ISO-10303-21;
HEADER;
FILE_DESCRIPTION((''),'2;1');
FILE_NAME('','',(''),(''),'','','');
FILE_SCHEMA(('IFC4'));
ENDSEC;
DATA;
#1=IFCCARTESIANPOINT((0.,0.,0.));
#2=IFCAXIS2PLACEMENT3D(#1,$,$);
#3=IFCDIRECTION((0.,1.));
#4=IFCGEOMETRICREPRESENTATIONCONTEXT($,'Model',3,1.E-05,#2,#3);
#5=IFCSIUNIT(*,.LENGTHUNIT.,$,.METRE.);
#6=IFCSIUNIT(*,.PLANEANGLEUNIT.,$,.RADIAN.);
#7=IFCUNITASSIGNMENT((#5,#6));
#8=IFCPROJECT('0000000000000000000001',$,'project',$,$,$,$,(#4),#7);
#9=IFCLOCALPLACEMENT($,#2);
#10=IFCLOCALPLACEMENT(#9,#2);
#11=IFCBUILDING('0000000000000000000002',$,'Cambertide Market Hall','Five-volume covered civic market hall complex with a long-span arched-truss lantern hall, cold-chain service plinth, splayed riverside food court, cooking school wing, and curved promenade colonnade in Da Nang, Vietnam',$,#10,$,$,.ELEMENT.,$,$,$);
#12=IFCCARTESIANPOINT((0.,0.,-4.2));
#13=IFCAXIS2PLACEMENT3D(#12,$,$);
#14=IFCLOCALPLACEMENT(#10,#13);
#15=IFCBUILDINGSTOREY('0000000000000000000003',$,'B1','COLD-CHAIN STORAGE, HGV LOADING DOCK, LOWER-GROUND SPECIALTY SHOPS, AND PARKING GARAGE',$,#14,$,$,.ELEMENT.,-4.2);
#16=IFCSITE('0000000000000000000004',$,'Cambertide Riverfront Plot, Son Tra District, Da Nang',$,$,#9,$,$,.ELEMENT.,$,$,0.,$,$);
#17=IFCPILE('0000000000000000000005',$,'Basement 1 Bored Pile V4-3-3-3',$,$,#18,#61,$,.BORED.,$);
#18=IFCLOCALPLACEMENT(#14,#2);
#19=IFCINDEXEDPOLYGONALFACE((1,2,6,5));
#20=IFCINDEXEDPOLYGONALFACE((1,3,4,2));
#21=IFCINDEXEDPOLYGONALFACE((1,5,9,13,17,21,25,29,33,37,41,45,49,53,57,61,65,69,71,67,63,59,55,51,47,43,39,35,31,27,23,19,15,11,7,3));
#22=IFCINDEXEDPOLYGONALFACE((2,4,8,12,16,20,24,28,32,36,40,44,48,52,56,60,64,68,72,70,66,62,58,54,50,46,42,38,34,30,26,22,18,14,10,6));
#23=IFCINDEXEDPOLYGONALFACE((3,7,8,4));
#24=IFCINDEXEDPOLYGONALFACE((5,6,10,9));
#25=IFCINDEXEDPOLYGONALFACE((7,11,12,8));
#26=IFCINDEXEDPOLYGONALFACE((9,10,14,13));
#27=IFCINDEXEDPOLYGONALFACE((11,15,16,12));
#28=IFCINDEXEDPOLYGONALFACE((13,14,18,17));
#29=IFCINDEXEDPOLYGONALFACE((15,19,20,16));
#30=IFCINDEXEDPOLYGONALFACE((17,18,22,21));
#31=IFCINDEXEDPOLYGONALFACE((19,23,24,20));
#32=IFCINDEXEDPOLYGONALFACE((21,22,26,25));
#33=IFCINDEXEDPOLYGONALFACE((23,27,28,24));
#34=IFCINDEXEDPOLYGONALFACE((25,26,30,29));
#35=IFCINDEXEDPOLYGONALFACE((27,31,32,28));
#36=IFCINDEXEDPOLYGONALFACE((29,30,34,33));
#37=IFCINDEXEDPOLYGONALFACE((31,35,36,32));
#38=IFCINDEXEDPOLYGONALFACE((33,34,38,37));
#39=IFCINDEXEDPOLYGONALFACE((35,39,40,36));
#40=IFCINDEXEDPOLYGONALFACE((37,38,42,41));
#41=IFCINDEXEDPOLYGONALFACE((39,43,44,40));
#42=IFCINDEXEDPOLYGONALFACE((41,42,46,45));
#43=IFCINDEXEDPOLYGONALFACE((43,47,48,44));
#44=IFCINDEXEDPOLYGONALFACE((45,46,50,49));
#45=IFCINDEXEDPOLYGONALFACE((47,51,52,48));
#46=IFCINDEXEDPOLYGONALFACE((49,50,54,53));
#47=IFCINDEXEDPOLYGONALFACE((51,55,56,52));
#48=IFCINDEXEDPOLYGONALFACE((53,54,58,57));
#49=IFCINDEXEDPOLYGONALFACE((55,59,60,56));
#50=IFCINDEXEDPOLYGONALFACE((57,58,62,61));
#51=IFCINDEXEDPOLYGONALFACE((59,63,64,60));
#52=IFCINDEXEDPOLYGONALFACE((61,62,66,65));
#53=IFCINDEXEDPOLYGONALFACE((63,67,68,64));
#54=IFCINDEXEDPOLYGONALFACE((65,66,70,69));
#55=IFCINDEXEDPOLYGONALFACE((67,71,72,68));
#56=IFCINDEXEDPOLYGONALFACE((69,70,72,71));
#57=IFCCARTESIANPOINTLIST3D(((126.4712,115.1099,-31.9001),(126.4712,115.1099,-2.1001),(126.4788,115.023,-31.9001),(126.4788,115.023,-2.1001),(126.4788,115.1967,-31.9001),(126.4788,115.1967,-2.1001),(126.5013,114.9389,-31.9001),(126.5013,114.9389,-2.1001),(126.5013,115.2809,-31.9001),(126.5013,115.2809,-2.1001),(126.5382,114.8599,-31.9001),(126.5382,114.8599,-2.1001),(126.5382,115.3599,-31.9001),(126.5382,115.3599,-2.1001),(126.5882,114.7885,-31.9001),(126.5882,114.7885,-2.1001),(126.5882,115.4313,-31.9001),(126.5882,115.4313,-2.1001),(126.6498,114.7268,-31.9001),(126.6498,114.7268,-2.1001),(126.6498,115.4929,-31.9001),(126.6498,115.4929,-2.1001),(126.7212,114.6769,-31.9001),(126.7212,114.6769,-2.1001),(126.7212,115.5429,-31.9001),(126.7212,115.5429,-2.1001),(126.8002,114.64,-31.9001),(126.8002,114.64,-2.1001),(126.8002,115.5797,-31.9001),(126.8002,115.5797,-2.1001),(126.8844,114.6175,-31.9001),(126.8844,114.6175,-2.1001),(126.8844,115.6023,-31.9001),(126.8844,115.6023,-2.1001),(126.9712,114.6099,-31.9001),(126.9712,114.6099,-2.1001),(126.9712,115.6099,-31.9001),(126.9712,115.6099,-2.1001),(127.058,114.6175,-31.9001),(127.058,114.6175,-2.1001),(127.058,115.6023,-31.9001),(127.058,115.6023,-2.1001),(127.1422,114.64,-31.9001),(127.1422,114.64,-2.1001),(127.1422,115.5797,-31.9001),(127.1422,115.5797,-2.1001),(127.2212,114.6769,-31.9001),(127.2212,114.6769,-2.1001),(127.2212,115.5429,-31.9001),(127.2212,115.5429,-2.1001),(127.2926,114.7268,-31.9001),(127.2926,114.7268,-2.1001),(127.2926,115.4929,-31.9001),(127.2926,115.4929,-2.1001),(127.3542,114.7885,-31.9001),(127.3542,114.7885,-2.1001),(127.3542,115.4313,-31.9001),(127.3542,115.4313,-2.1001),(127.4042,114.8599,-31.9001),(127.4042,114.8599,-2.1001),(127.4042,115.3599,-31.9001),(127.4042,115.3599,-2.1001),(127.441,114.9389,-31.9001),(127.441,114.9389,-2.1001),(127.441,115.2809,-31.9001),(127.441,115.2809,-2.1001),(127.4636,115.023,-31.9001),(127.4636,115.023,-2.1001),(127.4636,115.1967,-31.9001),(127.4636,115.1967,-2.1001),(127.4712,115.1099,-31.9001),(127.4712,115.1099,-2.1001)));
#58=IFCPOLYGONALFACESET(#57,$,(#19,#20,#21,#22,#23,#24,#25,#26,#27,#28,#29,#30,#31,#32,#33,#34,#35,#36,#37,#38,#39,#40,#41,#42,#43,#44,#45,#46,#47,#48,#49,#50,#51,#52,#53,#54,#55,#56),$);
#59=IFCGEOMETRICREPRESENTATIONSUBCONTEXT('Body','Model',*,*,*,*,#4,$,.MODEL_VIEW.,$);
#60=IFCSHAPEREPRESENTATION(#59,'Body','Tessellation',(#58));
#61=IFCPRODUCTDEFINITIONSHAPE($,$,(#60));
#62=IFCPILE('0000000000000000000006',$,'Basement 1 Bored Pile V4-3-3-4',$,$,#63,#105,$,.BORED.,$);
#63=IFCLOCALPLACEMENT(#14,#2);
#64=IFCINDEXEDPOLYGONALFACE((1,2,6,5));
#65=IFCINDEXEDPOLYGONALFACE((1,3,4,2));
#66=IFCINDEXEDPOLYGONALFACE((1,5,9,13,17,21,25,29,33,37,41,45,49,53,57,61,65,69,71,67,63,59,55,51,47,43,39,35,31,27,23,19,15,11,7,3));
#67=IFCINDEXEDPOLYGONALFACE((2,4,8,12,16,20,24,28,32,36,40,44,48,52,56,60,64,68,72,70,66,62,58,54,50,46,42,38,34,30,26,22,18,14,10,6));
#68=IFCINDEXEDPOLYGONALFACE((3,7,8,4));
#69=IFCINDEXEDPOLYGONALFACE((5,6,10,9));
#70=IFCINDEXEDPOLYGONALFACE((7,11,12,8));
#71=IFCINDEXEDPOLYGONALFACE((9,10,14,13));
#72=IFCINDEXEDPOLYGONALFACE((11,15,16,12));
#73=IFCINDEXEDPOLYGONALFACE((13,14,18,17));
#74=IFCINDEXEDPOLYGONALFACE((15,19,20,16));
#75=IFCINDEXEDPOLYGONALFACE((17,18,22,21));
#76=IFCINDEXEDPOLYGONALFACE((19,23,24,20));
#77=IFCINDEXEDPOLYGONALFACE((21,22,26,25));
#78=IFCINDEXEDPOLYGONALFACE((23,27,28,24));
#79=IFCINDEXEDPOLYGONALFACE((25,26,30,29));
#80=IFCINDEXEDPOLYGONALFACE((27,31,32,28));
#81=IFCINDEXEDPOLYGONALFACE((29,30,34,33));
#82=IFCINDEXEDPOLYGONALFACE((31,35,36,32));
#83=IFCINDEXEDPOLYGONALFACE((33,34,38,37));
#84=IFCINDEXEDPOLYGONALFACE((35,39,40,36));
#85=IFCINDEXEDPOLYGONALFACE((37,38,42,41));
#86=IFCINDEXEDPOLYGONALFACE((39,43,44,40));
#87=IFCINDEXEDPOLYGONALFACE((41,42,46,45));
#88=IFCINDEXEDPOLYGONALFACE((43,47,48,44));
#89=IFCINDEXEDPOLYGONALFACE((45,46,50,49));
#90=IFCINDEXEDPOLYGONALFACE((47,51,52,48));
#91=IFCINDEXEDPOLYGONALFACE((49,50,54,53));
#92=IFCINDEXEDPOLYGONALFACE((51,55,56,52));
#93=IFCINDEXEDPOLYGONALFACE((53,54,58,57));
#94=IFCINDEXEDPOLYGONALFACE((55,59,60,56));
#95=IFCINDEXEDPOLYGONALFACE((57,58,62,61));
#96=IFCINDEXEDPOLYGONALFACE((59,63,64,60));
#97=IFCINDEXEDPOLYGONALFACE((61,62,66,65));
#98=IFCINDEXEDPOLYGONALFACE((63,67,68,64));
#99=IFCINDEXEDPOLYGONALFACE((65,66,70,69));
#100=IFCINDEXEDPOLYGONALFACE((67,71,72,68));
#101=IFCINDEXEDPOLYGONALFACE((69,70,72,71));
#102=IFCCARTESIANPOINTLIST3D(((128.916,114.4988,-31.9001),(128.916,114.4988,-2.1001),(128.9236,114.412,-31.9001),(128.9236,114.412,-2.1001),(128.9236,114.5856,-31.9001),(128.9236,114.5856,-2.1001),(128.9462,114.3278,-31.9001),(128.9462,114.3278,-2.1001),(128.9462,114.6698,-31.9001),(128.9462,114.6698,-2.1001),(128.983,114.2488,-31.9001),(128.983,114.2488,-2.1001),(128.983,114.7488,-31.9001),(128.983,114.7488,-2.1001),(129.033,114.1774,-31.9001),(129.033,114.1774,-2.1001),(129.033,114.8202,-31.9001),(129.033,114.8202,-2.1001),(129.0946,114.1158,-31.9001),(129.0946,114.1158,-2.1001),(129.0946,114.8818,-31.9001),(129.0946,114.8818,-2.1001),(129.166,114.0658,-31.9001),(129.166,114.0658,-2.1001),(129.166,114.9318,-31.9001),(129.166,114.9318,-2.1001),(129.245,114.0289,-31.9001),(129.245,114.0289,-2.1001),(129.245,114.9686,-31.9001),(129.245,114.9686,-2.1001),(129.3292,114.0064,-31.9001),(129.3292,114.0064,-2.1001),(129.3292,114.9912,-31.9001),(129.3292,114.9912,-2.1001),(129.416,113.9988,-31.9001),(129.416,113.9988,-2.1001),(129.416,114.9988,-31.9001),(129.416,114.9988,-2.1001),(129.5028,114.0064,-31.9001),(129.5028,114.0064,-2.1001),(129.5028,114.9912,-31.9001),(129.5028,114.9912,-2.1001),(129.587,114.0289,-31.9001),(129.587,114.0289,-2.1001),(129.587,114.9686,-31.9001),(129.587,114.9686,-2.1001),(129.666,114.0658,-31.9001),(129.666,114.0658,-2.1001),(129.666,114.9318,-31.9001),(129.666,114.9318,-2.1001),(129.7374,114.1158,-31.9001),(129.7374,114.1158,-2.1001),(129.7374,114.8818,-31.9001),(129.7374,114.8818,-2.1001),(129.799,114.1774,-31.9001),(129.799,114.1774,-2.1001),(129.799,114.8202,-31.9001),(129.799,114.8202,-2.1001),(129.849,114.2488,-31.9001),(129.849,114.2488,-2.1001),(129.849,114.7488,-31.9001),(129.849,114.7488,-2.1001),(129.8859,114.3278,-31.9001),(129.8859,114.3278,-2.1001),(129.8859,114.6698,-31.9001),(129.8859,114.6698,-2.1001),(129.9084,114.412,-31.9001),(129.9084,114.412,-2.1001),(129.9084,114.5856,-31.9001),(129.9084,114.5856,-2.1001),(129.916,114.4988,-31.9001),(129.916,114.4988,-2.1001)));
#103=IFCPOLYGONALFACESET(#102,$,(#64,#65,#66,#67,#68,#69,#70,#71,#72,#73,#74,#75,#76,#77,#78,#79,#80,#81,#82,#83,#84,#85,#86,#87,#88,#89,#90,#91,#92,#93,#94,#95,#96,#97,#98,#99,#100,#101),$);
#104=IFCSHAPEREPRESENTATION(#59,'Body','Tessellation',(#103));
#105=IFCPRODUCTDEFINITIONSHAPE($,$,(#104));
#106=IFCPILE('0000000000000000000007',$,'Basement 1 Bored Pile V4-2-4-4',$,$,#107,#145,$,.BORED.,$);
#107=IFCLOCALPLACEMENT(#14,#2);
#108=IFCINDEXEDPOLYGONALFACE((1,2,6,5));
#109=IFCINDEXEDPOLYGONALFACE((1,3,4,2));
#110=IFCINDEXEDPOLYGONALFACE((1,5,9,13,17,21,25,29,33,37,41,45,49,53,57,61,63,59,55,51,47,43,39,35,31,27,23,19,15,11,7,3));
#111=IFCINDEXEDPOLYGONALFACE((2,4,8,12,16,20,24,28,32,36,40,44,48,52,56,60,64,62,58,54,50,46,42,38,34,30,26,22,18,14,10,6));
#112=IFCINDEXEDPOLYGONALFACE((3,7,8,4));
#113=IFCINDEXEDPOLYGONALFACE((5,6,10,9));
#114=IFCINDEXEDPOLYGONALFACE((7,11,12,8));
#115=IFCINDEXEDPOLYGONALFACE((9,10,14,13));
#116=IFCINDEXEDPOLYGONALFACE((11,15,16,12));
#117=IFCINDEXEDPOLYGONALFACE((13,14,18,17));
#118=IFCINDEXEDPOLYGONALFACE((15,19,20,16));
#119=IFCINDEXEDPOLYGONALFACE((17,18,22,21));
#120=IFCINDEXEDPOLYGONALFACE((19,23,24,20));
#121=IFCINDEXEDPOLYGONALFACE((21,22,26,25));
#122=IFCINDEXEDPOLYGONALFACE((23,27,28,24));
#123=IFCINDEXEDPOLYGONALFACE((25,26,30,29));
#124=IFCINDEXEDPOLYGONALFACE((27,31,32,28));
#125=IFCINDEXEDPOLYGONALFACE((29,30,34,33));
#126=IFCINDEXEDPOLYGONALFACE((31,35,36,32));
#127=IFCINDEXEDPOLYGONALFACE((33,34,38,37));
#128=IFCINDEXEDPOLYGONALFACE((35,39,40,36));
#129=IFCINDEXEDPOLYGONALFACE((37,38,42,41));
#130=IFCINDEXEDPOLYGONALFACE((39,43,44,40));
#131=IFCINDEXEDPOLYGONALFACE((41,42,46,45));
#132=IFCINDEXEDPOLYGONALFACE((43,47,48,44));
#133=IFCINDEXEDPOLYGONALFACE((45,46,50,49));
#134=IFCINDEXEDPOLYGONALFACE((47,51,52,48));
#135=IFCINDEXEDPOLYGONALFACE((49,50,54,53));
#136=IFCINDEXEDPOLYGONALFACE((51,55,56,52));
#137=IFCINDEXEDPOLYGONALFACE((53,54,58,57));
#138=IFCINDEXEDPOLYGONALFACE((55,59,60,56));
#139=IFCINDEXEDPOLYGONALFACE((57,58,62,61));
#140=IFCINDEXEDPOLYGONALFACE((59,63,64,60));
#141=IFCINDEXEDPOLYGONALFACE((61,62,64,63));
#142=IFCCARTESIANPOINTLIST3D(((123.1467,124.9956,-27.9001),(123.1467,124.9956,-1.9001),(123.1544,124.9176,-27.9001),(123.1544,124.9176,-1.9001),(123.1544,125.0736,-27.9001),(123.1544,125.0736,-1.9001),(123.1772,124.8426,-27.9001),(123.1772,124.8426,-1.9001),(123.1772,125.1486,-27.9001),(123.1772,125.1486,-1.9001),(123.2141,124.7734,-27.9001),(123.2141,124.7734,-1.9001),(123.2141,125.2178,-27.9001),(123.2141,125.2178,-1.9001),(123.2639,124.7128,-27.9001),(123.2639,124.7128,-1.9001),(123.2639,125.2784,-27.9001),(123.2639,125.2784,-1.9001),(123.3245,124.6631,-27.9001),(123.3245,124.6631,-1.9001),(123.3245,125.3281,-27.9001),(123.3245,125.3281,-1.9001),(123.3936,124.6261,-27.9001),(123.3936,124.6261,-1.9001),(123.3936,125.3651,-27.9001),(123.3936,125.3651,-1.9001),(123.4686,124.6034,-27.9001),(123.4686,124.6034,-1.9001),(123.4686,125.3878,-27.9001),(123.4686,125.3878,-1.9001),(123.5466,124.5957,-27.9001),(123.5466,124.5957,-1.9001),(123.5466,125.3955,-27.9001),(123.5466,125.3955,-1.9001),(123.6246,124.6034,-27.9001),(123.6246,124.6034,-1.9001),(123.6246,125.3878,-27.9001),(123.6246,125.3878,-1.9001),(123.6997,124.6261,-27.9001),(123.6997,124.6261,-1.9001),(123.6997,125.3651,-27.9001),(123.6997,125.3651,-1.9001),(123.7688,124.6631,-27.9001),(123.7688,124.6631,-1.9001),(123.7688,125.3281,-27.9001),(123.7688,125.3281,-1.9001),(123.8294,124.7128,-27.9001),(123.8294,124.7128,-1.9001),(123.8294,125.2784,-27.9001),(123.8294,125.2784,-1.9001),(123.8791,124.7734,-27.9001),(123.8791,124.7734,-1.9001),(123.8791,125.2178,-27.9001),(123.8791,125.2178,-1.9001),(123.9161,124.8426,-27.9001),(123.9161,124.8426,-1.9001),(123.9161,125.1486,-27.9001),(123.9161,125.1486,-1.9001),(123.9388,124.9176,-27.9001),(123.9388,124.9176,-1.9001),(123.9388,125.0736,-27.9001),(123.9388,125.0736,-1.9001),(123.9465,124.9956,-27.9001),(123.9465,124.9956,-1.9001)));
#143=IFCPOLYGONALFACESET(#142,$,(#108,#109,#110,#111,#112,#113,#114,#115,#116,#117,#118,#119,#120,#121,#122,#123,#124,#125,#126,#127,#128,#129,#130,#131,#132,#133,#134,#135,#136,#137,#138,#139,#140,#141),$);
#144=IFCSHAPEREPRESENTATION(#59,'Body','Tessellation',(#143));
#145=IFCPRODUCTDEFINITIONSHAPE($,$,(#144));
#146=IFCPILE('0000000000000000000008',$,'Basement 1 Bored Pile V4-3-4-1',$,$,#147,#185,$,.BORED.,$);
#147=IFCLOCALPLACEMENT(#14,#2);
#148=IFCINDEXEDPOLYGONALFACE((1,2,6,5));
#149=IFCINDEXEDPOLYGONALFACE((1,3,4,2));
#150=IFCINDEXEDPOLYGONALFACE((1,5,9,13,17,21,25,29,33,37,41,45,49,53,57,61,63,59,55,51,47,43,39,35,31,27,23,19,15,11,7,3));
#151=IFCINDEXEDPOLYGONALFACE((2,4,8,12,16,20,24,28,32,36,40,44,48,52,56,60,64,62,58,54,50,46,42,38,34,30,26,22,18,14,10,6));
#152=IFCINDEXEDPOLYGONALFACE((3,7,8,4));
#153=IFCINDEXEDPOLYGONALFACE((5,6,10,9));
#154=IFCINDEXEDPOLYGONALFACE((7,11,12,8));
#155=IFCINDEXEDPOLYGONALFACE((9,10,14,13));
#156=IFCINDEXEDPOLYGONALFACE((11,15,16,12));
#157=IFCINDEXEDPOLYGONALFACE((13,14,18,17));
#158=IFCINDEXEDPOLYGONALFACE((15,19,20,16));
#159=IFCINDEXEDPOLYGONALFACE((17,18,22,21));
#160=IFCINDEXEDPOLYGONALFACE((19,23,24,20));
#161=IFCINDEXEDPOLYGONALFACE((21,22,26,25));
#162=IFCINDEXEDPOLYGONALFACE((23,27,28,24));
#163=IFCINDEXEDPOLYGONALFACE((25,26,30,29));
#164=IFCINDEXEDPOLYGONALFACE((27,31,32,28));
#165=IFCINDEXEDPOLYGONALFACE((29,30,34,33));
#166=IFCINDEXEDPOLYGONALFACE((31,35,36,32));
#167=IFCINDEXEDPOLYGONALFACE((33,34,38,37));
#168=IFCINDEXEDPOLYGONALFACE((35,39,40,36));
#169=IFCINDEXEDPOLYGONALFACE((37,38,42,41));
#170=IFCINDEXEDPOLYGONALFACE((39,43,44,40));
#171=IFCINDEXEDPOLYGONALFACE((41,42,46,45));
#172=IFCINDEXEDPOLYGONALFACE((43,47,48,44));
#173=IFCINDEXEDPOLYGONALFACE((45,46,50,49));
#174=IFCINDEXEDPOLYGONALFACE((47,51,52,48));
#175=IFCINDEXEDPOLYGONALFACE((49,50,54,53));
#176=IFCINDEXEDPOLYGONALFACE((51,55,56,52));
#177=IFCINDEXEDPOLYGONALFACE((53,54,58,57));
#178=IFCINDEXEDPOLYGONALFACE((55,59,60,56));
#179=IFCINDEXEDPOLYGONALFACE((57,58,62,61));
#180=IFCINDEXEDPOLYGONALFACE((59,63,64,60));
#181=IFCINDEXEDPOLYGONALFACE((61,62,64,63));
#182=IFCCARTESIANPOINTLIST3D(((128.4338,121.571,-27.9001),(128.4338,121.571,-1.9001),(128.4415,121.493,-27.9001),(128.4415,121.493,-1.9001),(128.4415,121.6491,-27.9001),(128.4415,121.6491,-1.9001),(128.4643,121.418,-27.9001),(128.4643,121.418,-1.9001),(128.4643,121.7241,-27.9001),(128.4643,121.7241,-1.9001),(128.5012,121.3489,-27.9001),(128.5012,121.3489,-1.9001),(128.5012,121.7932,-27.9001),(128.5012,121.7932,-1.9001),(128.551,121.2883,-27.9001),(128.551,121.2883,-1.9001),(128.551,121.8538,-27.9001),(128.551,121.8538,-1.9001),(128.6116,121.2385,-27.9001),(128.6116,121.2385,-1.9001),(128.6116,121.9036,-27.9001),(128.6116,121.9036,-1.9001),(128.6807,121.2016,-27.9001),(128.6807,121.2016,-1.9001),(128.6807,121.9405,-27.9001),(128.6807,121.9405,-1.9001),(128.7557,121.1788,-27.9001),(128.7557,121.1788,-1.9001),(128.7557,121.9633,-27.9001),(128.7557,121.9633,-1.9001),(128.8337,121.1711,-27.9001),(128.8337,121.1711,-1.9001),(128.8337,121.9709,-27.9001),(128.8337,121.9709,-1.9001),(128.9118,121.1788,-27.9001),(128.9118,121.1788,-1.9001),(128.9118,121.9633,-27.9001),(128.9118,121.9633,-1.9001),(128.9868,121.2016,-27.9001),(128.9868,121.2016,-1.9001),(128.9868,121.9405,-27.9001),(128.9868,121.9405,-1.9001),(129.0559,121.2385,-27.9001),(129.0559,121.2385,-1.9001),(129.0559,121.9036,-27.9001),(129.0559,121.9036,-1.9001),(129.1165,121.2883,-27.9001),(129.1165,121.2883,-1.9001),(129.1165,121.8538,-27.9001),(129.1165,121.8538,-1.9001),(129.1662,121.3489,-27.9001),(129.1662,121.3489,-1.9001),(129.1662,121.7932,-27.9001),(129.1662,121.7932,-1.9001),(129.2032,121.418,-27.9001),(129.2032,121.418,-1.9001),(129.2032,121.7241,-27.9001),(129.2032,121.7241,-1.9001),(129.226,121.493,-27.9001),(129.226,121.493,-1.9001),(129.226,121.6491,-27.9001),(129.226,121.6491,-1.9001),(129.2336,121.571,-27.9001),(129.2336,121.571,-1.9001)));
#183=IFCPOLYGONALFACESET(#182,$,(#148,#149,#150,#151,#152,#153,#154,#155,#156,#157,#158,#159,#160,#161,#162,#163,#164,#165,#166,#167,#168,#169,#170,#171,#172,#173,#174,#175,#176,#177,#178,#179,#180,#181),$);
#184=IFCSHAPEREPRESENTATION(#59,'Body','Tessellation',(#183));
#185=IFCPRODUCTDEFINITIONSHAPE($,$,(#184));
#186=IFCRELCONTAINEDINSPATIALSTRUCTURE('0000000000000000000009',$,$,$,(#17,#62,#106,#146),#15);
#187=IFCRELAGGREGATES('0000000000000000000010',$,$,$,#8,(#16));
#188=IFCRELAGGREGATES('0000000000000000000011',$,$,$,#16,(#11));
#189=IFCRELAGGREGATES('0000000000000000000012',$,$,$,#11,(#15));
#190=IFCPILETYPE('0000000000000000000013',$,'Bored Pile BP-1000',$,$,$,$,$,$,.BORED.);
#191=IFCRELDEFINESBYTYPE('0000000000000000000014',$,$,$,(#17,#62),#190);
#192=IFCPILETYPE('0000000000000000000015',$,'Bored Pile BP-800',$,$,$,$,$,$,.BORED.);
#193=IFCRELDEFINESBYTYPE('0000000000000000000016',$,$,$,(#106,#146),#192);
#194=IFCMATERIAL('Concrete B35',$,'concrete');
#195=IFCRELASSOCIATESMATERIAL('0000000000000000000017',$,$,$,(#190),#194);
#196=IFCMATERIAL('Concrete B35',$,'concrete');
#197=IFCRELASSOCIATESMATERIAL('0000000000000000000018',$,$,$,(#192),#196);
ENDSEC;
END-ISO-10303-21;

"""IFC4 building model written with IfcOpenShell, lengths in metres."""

from ifc_helpers import new_model, si_unit, direction, frame, origin, origin_2d, place, context, subcontext, project, spatial, circle, extrude, material, material_profile, profile_set, type_object, element, save


model = new_model("IFC4")

# Units and contexts
model_context = context("Model", 3, precision=1e-05, world=origin(), true_north=direction((0.0, 1.0)))
body_context = subcontext(model_context, "Body", "Model", "MODEL_VIEW")
ifc_project = project(units=[si_unit("LENGTHUNIT", "METRE"), si_unit("PLANEANGLEUNIT", "RADIAN")], contexts=[model_context])

# Site, building, storey
site_placement = place(None, origin())
site = spatial("IfcSite", under=ifc_project, at=site_placement, Name="Cambertide Riverfront Plot, Son Tra District, Da Nang", CompositionType="ELEMENT", RefElevation=0.0)
building_placement = place(site_placement, origin())
building = spatial("IfcBuilding", under=site, at=building_placement, Name="Cambertide Market Hall", Description="Five-volume covered civic market hall complex with a long-span arched-truss lantern hall, cold-chain service plinth, splayed riverside food court, cooking school wing, and curved promenade colonnade in Da Nang, Vietnam", CompositionType="ELEMENT")
storey_placement = place(building_placement, frame((0.0, 0.0, -4.2)))
storey = spatial("IfcBuildingStorey", under=building, at=storey_placement, Name="B1", Description="COLD-CHAIN STORAGE, HGV LOADING DOCK, LOWER-GROUND SPECIALTY SHOPS, AND PARKING GARAGE", CompositionType="ELEMENT", Elevation=-4.2)

# Piles
ifc_material_1 = material(Name="Concrete B35", Category="concrete")
ifc_material_profile_1 = material_profile(ifc_material_1, circle(Radius=0.5, at=origin_2d()), Name="BP D1000")
ifc_profile_set_1 = profile_set([ifc_material_profile_1], Name="Concrete B35")
pile_type_1 = type_object("IfcPileType", Name="Bored Pile BP-1000", PredefinedType="BORED", material=ifc_profile_set_1)
for number, where, z_axis, x_axis, name in (
    (1, (126.9712, 115.1099, -2.1001), (0.0, 0.0, -1.0), (1.0, 0.0, 0.0), "Basement 1 Bored Pile V4-3-3-3"),
    (2, (129.416, 114.4988, -2.1001), (0.0, 0.0, -1.0), (1.0, 0.0, 0.0), "Basement 1 Bored Pile V4-3-3-4"),
):
    element("IfcPile", number, at=place(storey_placement, frame(where, z_axis=z_axis, x_axis=x_axis)), inside=storey, type_object=pile_type_1, Name=name, PredefinedType="BORED", context=body_context, shape_type="SweptSolid", body=[
        extrude(circle(Radius=0.5, at=origin_2d()), origin(), (0.0, 0.0, 1.0), 29.8),
    ])
ifc_material_2 = material(Name="Concrete B35", Category="concrete")
ifc_material_profile_2 = material_profile(ifc_material_2, circle(Radius=0.3999, at=origin_2d()), Name="BP D800")
ifc_profile_set_2 = profile_set([ifc_material_profile_2], Name="Concrete B35")
pile_type_2 = type_object("IfcPileType", Name="Bored Pile BP-800", PredefinedType="BORED", material=ifc_profile_set_2)
for number, where, z_axis, x_axis, name in (
    (3, (123.5466, 124.9956, -1.9001), (0.0, 0.0, -1.0), (1.0, 0.0, 0.0), "Basement 1 Bored Pile V4-2-4-4"),
    (4, (128.8337, 121.571, -1.9001), (0.0, 0.0, -1.0), (1.0, 0.0, 0.0), "Basement 1 Bored Pile V4-3-4-1"),
):
    element("IfcPile", number, at=place(storey_placement, frame(where, z_axis=z_axis, x_axis=x_axis)), inside=storey, type_object=pile_type_2, Name=name, PredefinedType="BORED", context=body_context, shape_type="SweptSolid", body=[
        extrude(circle(Radius=0.3999, at=origin_2d()), origin(), (0.0, 0.0, 1.0), 26.0),
    ])

save(model, "model.ifc")
